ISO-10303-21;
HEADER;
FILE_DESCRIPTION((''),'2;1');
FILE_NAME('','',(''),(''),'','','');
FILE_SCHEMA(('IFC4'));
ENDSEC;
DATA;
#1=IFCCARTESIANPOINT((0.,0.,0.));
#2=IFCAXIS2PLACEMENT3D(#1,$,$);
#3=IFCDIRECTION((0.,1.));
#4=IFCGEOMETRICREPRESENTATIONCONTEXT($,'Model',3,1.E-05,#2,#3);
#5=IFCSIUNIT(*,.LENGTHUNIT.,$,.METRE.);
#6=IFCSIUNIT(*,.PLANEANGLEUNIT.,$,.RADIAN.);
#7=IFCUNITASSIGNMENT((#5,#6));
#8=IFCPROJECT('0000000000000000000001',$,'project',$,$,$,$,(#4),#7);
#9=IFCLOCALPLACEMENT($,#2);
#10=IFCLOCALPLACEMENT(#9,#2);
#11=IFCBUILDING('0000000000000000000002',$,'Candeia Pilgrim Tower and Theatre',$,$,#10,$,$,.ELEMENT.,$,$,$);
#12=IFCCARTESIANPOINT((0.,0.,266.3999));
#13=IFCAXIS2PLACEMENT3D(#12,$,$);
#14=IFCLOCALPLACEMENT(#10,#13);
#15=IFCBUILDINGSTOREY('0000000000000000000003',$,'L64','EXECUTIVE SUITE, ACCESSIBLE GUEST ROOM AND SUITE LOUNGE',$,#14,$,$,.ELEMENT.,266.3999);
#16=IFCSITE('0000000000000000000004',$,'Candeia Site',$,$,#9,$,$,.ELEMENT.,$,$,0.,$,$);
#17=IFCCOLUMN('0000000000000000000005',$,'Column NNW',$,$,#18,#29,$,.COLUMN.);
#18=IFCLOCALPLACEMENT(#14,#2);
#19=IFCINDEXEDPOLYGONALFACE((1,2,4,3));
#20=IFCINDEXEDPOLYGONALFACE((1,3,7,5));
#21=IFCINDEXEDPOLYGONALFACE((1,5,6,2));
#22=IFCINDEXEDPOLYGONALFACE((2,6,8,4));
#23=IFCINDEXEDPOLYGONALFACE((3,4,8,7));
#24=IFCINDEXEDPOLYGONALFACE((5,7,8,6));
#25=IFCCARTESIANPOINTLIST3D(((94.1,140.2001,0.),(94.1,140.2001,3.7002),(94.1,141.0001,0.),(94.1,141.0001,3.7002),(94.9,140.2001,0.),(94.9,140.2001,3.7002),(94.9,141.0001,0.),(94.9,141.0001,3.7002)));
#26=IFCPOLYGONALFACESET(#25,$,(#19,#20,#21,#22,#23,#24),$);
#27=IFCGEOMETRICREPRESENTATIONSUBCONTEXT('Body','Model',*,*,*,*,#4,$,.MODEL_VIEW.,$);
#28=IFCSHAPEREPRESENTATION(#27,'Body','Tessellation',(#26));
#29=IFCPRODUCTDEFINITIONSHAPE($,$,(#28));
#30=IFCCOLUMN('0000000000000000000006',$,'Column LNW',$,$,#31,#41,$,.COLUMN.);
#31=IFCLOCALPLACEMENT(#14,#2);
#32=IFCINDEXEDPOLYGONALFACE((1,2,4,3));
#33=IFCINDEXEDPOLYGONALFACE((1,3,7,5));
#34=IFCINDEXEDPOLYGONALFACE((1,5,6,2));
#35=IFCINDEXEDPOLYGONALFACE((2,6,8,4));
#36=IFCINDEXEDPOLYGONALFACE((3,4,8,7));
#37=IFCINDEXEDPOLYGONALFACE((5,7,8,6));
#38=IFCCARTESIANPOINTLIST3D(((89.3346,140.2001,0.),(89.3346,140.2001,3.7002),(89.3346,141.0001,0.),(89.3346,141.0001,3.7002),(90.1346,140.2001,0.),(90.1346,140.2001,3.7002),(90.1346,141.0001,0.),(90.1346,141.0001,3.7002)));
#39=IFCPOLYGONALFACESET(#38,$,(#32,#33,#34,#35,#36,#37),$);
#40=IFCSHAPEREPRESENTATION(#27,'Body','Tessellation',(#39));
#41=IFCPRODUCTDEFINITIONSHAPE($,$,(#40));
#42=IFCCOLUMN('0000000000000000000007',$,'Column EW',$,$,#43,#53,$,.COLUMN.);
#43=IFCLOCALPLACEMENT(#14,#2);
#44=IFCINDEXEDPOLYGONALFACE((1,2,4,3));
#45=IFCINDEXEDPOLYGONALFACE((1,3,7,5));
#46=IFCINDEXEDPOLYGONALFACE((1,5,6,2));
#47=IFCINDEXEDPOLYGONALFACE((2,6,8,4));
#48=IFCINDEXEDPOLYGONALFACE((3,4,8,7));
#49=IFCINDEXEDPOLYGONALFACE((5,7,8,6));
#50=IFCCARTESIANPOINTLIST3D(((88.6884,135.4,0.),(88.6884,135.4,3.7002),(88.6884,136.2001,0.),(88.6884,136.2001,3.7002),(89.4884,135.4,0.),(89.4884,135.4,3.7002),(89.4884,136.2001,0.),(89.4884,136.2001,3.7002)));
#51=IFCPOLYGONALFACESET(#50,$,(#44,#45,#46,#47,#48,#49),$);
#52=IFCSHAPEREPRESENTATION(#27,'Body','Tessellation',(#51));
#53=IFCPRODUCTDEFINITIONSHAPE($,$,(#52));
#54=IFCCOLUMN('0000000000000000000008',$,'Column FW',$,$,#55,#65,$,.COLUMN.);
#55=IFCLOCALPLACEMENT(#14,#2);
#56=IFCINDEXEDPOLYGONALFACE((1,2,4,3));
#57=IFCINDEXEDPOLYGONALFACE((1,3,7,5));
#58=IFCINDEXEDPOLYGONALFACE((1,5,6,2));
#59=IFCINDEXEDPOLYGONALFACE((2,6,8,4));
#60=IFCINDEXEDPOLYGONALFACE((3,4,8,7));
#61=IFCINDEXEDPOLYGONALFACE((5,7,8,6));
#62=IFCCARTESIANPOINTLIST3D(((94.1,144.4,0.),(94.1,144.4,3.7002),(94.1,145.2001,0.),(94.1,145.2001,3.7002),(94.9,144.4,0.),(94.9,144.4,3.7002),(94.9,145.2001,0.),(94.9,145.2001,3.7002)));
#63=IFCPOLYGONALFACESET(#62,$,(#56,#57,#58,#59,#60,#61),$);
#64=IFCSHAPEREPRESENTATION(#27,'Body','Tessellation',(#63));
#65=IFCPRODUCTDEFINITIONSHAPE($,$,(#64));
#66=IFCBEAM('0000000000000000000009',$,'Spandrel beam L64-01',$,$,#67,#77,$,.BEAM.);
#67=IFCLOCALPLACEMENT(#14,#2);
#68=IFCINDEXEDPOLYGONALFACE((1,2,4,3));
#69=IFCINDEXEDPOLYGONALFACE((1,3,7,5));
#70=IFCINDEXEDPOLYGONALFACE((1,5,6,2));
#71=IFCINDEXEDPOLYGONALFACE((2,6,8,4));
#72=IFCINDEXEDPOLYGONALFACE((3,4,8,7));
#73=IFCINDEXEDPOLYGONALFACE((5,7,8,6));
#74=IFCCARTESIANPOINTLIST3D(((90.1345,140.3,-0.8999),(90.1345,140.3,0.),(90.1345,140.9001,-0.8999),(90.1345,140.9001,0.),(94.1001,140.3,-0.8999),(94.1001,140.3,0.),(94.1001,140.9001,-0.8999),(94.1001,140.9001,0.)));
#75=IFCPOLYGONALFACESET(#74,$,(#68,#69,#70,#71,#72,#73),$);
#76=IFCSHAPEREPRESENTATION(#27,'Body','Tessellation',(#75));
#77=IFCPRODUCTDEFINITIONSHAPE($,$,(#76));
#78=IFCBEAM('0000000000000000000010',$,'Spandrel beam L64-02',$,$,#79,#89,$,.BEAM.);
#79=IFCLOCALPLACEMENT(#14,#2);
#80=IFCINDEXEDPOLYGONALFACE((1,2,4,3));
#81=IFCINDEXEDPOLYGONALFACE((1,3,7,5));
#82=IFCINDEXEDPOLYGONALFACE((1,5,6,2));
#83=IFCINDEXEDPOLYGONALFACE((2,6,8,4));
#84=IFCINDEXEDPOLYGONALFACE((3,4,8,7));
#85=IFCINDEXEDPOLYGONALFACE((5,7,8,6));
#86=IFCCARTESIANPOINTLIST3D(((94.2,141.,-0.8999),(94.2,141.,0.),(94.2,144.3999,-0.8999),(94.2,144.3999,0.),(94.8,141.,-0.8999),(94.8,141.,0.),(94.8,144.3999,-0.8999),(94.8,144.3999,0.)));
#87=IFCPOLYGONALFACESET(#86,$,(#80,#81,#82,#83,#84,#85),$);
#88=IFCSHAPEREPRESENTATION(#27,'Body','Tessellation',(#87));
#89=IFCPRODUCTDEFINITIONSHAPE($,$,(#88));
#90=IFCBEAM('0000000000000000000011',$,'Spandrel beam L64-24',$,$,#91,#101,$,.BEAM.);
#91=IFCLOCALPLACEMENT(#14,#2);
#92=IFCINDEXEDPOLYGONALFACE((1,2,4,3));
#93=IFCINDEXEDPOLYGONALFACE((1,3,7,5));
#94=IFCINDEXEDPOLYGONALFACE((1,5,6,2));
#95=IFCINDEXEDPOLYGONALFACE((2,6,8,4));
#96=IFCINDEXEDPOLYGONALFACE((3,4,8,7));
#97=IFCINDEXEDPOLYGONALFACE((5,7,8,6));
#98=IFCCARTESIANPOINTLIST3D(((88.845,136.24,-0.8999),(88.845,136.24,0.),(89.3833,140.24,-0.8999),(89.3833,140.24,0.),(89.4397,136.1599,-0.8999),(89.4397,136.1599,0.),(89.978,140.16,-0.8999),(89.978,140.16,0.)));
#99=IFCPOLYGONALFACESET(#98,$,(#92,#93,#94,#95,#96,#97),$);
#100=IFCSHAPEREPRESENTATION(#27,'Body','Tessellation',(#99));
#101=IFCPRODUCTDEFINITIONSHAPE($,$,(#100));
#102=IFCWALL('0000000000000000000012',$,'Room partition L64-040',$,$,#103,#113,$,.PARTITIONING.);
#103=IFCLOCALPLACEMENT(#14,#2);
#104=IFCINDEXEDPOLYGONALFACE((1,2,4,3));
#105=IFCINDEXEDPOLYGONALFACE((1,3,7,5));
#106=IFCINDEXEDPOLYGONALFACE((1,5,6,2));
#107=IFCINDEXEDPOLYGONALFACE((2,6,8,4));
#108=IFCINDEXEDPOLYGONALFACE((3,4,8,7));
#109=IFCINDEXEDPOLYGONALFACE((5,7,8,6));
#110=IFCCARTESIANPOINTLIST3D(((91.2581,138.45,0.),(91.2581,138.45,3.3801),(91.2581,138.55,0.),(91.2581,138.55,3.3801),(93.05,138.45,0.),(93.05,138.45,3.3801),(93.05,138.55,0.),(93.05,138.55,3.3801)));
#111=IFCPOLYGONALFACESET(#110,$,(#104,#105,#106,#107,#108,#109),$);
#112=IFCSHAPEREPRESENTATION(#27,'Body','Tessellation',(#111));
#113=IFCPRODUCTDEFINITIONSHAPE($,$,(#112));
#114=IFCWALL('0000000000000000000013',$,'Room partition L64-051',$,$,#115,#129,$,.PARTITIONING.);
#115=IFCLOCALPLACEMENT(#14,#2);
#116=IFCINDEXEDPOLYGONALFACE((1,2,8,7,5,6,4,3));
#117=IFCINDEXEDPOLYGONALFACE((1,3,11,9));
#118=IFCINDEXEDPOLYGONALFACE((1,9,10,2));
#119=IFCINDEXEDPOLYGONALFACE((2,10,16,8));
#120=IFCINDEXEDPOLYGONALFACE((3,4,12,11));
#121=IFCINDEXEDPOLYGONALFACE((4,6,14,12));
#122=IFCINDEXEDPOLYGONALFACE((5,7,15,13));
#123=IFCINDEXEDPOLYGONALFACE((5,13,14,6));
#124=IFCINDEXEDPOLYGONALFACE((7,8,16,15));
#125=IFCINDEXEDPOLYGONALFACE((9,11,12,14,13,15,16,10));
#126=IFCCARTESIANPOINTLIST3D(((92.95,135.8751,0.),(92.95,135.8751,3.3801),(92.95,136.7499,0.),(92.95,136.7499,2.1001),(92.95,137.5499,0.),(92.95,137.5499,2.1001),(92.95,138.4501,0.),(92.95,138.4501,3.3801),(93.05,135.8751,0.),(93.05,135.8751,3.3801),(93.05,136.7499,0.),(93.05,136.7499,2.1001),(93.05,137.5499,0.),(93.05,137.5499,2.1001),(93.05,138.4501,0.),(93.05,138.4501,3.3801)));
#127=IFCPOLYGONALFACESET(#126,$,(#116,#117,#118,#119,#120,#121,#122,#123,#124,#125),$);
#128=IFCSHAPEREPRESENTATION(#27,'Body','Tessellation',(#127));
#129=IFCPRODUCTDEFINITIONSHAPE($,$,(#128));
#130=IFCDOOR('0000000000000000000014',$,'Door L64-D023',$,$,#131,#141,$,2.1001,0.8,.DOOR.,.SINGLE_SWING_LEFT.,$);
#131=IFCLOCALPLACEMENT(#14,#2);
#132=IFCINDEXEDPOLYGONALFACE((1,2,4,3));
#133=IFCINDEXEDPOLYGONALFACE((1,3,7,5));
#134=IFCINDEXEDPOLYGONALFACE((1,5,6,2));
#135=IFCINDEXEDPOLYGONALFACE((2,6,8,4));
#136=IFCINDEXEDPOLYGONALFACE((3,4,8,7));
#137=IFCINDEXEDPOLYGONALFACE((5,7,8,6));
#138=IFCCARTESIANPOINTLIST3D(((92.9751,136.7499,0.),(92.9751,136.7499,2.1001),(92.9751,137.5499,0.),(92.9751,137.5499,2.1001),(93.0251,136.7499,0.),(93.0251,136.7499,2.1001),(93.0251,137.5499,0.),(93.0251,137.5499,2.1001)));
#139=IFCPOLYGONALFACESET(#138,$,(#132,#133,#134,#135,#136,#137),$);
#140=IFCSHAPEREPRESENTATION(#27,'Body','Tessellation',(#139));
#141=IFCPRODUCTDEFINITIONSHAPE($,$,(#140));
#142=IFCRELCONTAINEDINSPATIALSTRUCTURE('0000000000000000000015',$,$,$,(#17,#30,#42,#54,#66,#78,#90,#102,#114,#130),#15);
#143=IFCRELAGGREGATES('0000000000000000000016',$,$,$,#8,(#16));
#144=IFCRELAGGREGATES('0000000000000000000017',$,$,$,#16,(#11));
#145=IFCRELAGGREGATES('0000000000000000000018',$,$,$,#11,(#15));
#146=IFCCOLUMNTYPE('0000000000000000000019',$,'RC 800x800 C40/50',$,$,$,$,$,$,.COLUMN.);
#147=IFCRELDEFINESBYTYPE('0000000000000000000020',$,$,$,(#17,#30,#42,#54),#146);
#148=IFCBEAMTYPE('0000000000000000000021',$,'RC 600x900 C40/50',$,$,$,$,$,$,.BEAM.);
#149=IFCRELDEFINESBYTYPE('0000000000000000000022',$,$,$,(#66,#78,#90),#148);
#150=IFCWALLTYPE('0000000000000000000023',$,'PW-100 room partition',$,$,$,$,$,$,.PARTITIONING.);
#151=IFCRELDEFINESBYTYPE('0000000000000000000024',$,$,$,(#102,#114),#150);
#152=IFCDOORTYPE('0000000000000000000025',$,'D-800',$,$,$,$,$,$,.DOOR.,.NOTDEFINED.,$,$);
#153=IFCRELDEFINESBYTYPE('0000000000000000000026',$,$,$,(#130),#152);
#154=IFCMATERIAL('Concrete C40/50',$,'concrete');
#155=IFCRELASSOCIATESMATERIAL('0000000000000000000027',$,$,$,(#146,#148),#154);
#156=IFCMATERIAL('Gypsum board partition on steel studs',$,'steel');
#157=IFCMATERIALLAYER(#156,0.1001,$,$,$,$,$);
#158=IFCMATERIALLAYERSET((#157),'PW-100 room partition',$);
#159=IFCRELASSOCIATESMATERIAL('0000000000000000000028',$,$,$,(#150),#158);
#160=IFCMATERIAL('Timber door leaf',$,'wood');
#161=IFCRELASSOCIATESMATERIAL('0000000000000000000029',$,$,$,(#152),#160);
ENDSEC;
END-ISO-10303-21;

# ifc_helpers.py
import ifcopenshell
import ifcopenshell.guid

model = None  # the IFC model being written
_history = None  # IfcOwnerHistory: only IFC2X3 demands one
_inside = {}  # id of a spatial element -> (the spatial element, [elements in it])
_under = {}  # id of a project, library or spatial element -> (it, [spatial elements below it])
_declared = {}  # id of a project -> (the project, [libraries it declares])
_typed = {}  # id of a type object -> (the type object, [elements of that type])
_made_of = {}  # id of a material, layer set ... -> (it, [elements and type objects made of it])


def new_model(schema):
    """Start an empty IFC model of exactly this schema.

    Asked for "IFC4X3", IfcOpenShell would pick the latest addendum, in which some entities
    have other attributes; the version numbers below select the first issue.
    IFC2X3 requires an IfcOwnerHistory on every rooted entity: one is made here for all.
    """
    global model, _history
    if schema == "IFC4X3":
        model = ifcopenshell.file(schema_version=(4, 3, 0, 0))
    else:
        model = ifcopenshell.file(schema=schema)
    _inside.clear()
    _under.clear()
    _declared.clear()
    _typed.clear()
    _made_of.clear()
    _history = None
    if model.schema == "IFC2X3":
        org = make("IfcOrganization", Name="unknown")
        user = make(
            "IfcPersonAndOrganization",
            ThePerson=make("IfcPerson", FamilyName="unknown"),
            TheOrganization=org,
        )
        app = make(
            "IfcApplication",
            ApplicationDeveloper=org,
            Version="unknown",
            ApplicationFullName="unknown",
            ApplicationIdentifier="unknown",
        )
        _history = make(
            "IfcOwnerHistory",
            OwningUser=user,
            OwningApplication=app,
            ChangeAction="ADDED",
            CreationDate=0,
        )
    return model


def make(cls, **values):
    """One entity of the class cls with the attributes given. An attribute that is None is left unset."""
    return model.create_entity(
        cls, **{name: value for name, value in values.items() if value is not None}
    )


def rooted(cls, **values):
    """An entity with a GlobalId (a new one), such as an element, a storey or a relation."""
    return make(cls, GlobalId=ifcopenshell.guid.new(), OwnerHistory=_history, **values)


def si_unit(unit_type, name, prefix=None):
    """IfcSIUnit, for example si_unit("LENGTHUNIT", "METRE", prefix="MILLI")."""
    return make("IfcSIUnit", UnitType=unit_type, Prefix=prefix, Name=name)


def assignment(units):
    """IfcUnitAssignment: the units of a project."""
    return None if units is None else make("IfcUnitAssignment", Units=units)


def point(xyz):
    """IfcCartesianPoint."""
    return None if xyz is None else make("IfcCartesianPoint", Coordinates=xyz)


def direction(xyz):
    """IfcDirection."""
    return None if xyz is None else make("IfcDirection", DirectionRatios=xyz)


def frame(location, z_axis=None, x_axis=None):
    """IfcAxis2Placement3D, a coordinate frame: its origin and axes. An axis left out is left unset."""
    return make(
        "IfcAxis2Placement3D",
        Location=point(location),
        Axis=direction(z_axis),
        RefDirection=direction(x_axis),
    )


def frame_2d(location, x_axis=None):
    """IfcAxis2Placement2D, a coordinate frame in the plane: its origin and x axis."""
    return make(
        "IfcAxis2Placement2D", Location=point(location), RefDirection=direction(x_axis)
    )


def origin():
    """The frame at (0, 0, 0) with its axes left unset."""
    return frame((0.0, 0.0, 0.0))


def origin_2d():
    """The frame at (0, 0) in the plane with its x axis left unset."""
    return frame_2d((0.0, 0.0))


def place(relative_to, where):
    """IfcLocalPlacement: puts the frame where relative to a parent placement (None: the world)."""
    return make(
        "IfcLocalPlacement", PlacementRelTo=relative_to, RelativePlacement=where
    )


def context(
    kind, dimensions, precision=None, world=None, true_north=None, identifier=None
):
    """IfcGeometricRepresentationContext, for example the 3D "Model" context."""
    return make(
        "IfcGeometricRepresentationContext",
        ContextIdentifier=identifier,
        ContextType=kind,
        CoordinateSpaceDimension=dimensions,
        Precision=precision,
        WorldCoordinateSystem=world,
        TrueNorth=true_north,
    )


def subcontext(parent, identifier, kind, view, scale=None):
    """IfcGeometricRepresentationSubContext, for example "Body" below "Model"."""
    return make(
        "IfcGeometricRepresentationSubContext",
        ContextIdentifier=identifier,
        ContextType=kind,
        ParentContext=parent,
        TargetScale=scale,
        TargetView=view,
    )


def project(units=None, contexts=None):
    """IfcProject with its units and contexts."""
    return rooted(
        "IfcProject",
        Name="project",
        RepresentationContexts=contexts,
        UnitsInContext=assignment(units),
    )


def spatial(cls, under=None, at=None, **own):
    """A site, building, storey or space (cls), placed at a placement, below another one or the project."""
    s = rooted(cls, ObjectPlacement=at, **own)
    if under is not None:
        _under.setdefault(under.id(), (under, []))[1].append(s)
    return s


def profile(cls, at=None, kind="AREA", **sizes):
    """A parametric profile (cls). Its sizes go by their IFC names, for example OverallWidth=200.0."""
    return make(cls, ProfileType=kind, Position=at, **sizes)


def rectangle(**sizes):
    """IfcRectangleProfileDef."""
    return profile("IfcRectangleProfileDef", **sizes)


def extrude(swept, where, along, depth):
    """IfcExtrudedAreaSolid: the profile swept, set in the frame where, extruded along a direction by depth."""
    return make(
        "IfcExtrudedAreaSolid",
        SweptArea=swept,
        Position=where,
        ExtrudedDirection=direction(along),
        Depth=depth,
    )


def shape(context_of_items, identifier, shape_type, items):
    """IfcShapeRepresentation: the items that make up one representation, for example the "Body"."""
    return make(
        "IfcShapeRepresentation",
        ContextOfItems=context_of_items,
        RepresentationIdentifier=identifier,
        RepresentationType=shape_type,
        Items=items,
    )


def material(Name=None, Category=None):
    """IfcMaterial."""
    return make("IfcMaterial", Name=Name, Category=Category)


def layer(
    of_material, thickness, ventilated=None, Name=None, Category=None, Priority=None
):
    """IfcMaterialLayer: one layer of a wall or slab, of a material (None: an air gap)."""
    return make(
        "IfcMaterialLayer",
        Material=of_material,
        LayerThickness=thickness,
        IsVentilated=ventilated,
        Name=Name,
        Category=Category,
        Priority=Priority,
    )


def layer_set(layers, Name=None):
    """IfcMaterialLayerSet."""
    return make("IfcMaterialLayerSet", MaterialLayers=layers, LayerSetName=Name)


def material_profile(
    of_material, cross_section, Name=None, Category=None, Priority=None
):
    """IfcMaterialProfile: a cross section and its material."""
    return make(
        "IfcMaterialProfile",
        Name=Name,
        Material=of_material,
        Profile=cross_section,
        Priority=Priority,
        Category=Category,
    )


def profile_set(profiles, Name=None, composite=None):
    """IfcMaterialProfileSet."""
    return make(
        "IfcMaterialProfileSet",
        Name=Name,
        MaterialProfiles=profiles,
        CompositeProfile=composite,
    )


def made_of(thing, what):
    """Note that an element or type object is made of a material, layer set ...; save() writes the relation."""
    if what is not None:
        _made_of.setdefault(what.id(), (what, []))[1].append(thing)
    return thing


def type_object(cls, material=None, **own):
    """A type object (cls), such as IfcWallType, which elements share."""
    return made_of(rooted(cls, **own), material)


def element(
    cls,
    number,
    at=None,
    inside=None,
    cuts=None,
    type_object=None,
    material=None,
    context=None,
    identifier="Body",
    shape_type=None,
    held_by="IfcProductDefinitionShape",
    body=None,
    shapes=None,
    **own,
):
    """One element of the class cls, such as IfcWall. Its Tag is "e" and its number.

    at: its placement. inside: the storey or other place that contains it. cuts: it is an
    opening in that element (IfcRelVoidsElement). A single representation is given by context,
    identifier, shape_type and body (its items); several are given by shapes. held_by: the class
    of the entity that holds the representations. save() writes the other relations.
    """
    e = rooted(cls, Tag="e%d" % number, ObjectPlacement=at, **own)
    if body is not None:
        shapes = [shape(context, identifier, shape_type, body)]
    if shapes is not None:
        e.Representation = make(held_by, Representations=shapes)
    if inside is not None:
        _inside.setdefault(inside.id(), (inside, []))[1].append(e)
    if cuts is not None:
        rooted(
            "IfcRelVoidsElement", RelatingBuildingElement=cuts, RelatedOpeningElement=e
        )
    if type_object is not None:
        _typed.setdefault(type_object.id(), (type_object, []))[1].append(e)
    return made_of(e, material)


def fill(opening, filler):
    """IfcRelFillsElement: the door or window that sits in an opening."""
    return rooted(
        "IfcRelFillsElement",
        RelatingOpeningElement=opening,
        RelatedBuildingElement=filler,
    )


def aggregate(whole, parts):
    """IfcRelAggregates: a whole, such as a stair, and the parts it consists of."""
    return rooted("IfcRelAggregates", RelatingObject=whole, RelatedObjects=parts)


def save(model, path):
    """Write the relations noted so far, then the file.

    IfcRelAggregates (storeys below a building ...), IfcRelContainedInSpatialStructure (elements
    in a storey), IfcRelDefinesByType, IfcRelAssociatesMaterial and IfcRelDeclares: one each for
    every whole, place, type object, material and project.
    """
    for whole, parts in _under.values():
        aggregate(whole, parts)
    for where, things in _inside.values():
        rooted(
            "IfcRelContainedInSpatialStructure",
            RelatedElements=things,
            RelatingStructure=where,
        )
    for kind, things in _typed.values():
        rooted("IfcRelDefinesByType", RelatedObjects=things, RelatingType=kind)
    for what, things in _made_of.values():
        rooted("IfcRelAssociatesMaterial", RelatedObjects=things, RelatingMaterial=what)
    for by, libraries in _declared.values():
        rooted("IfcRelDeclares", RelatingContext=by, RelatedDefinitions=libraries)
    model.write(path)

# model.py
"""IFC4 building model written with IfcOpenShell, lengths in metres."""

from ifc_helpers import new_model, si_unit, direction, frame, frame_2d, origin, origin_2d, place, context, subcontext, project, spatial, rectangle, extrude, material, layer, layer_set, material_profile, profile_set, type_object, element, fill, save


model = new_model("IFC4")

# Units and contexts
model_context = context("Model", 3, precision=1e-05, world=origin(), true_north=direction((0.0, 1.0)))
body_context = subcontext(model_context, "Body", "Model", "MODEL_VIEW")
ifc_project = project(units=[si_unit("LENGTHUNIT", "METRE"), si_unit("PLANEANGLEUNIT", "RADIAN")], contexts=[model_context])

# Site, building, storey
site_placement = place(None, origin())
site = spatial("IfcSite", under=ifc_project, at=site_placement, Name="Candeia Site", CompositionType="ELEMENT", RefElevation=0.0)
building_placement = place(site_placement, origin())
building = spatial("IfcBuilding", under=site, at=building_placement, Name="Candeia Pilgrim Tower and Theatre", CompositionType="ELEMENT")
storey_placement = place(building_placement, frame((0.0, 0.0, 266.3999)))
storey = spatial("IfcBuildingStorey", under=building, at=storey_placement, Name="L64", Description="EXECUTIVE SUITE, ACCESSIBLE GUEST ROOM AND SUITE LOUNGE", CompositionType="ELEMENT", Elevation=266.3999)

# Columns
ifc_material_1 = material(Name="Concrete C40/50", Category="concrete")
ifc_material_profile_1 = material_profile(ifc_material_1, rectangle(XDim=0.8, YDim=0.8, at=origin_2d()))
ifc_profile_set_1 = profile_set([ifc_material_profile_1], Name="Concrete C40/50")
column_type = type_object("IfcColumnType", Name="RC 800x800 C40/50", PredefinedType="COLUMN", material=ifc_profile_set_1)
for number, where, z_axis, x_axis, name in (
    (1, (94.5, 140.6001, 0.0), (0.0, 0.0, 1.0), (1.0, 0.0, 0.0), "Column NNW"),
    (2, (89.7346, 140.6001, 0.0), (0.0, 0.0, 1.0), (1.0, 0.0, 0.0), "Column LNW"),
    (3, (89.0884, 135.8, 0.0), (0.0, 0.0, 1.0), (1.0, 0.0, 0.0), "Column EW"),
    (4, (94.5, 144.8, 0.0), (0.0, 0.0, 1.0), (1.0, 0.0, 0.0), "Column FW"),
):
    element("IfcColumn", number, at=place(storey_placement, frame(where, z_axis=z_axis, x_axis=x_axis)), inside=storey, type_object=column_type, Name=name, PredefinedType="COLUMN", context=body_context, shape_type="SweptSolid", body=[
        extrude(rectangle(XDim=0.8, YDim=0.8, at=origin_2d()), origin(), (0.0, 0.0, 1.0), 3.7002),
    ])

# Beams
ifc_material_profile_2 = material_profile(ifc_material_1, rectangle(XDim=0.6001, YDim=0.8999, at=origin_2d()))
ifc_profile_set_2 = profile_set([ifc_material_profile_2], Name="Concrete C40/50")
beam_type = type_object("IfcBeamType", Name="RC 600x900 C40/50", PredefinedType="BEAM", material=ifc_profile_set_2)
beam_1_placement = place(storey_placement, frame((90.1345, 140.6001, -0.45), z_axis=(1.0, 0.0, 0.0), x_axis=(0.0, 1.0, 0.0)))
element("IfcBeam", 5, at=beam_1_placement, inside=storey, type_object=beam_type, Name="Spandrel beam L64-01", PredefinedType="BEAM", context=body_context, shape_type="SweptSolid", body=[
    extrude(rectangle(XDim=0.6001, YDim=0.8999, at=origin_2d()), origin(), (0.0, 0.0, 1.0), 3.9656),
])
beam_2_placement = place(storey_placement, frame((94.5, 141.0, -0.45), z_axis=(0.0, 1.0, 0.0), x_axis=(-1.0, 0.0, 0.0)))
element("IfcBeam", 6, at=beam_2_placement, inside=storey, type_object=beam_type, Name="Spandrel beam L64-02", PredefinedType="BEAM", context=body_context, shape_type="SweptSolid", body=[
    extrude(rectangle(XDim=0.6001, YDim=0.8999, at=origin_2d()), origin(), (0.0, 0.0, 1.0), 3.3999),
])
beam_3_placement = place(storey_placement, frame((89.1423, 136.2, -0.45), z_axis=(0.13338, 0.991065, 0.0), x_axis=(-0.991065, 0.13338, 0.0)))
element("IfcBeam", 7, at=beam_3_placement, inside=storey, type_object=beam_type, Name="Spandrel beam L64-24", PredefinedType="BEAM", context=body_context, shape_type="SweptSolid", body=[
    extrude(rectangle(XDim=0.6001, YDim=0.8999, at=origin_2d()), origin(), (0.0, 0.0, 1.0), 4.0361),
])

# Wall
ifc_material_2 = material(Name="Gypsum board partition on steel studs", Category="steel")
ifc_layer_1 = layer(ifc_material_2, 0.1001)
ifc_layer_set_1 = layer_set([ifc_layer_1], Name="PW-100 room partition")
wall_type_1 = type_object("IfcWallType", Name="PW-100 room partition", PredefinedType="PARTITIONING", material=ifc_layer_set_1)
wall_1_placement = place(storey_placement, frame((91.2581, 138.5, 0.0), z_axis=(0.0, 0.0, 1.0), x_axis=(1.0, 0.0, 0.0)))
element("IfcWall", 8, at=wall_1_placement, inside=storey, type_object=wall_type_1, Name="Room partition L64-040", PredefinedType="PARTITIONING", context=body_context, shape_type="SweptSolid", body=[
    extrude(rectangle(XDim=1.792, YDim=0.1001, at=frame_2d((0.896, 0.0))), origin(), (0.0, 0.0, 1.0), 3.3801),
])

# Wall, opening, door
wall_2_placement = place(storey_placement, frame((93.0, 135.875, 0.0), z_axis=(0.0, 0.0, 1.0), x_axis=(0.0, 1.0, 0.0)))
wall_2 = element("IfcWall", 9, at=wall_2_placement, inside=storey, type_object=wall_type_1, Name="Room partition L64-051", PredefinedType="PARTITIONING", context=body_context, shape_type="SweptSolid", body=[
    extrude(rectangle(XDim=2.575, YDim=0.1001, at=frame_2d((1.2876, 0.0))), origin(), (0.0, 0.0, 1.0), 3.3801),
])
opening_1_placement = place(wall_2_placement, frame((0.875, 0.0, 0.0)))
opening_1 = element("IfcOpeningElement", 10, at=opening_1_placement, cuts=wall_2, PredefinedType="OPENING", context=body_context, shape_type="SweptSolid", body=[
    extrude(rectangle(XDim=0.8, YDim=2.1001, at=frame_2d((0.3999, 1.05))), frame((0.0, 0.0601, 0.0), z_axis=(0.0, -1.0, 0.0), x_axis=(1.0, 0.0, 0.0)), (0.0, 0.0, 1.0), 0.1201),
])
ifc_material_3 = material(Name="Timber door leaf", Category="wood")
door_type_1 = type_object("IfcDoorType", Name="D-800", OperationType="NOTDEFINED", PredefinedType="DOOR", material=ifc_material_3)
door_1_placement = place(opening_1_placement, origin())
door_1 = element("IfcDoor", 11, at=door_1_placement, inside=storey, type_object=door_type_1, Name="Door L64-D023", OperationType="SINGLE_SWING_LEFT", OverallHeight=2.1001, OverallWidth=0.8, PredefinedType="DOOR", context=body_context, shape_type="SweptSolid", body=[
    extrude(rectangle(XDim=0.8, YDim=2.1001, at=frame_2d((0.3999, 1.05))), frame((0.0, 0.0249, 0.0), z_axis=(0.0, -1.0, 0.0), x_axis=(1.0, 0.0, 0.0)), (0.0, 0.0, 1.0), 0.05),
])
fill(opening_1, door_1)

save(model, "model.ifc")
